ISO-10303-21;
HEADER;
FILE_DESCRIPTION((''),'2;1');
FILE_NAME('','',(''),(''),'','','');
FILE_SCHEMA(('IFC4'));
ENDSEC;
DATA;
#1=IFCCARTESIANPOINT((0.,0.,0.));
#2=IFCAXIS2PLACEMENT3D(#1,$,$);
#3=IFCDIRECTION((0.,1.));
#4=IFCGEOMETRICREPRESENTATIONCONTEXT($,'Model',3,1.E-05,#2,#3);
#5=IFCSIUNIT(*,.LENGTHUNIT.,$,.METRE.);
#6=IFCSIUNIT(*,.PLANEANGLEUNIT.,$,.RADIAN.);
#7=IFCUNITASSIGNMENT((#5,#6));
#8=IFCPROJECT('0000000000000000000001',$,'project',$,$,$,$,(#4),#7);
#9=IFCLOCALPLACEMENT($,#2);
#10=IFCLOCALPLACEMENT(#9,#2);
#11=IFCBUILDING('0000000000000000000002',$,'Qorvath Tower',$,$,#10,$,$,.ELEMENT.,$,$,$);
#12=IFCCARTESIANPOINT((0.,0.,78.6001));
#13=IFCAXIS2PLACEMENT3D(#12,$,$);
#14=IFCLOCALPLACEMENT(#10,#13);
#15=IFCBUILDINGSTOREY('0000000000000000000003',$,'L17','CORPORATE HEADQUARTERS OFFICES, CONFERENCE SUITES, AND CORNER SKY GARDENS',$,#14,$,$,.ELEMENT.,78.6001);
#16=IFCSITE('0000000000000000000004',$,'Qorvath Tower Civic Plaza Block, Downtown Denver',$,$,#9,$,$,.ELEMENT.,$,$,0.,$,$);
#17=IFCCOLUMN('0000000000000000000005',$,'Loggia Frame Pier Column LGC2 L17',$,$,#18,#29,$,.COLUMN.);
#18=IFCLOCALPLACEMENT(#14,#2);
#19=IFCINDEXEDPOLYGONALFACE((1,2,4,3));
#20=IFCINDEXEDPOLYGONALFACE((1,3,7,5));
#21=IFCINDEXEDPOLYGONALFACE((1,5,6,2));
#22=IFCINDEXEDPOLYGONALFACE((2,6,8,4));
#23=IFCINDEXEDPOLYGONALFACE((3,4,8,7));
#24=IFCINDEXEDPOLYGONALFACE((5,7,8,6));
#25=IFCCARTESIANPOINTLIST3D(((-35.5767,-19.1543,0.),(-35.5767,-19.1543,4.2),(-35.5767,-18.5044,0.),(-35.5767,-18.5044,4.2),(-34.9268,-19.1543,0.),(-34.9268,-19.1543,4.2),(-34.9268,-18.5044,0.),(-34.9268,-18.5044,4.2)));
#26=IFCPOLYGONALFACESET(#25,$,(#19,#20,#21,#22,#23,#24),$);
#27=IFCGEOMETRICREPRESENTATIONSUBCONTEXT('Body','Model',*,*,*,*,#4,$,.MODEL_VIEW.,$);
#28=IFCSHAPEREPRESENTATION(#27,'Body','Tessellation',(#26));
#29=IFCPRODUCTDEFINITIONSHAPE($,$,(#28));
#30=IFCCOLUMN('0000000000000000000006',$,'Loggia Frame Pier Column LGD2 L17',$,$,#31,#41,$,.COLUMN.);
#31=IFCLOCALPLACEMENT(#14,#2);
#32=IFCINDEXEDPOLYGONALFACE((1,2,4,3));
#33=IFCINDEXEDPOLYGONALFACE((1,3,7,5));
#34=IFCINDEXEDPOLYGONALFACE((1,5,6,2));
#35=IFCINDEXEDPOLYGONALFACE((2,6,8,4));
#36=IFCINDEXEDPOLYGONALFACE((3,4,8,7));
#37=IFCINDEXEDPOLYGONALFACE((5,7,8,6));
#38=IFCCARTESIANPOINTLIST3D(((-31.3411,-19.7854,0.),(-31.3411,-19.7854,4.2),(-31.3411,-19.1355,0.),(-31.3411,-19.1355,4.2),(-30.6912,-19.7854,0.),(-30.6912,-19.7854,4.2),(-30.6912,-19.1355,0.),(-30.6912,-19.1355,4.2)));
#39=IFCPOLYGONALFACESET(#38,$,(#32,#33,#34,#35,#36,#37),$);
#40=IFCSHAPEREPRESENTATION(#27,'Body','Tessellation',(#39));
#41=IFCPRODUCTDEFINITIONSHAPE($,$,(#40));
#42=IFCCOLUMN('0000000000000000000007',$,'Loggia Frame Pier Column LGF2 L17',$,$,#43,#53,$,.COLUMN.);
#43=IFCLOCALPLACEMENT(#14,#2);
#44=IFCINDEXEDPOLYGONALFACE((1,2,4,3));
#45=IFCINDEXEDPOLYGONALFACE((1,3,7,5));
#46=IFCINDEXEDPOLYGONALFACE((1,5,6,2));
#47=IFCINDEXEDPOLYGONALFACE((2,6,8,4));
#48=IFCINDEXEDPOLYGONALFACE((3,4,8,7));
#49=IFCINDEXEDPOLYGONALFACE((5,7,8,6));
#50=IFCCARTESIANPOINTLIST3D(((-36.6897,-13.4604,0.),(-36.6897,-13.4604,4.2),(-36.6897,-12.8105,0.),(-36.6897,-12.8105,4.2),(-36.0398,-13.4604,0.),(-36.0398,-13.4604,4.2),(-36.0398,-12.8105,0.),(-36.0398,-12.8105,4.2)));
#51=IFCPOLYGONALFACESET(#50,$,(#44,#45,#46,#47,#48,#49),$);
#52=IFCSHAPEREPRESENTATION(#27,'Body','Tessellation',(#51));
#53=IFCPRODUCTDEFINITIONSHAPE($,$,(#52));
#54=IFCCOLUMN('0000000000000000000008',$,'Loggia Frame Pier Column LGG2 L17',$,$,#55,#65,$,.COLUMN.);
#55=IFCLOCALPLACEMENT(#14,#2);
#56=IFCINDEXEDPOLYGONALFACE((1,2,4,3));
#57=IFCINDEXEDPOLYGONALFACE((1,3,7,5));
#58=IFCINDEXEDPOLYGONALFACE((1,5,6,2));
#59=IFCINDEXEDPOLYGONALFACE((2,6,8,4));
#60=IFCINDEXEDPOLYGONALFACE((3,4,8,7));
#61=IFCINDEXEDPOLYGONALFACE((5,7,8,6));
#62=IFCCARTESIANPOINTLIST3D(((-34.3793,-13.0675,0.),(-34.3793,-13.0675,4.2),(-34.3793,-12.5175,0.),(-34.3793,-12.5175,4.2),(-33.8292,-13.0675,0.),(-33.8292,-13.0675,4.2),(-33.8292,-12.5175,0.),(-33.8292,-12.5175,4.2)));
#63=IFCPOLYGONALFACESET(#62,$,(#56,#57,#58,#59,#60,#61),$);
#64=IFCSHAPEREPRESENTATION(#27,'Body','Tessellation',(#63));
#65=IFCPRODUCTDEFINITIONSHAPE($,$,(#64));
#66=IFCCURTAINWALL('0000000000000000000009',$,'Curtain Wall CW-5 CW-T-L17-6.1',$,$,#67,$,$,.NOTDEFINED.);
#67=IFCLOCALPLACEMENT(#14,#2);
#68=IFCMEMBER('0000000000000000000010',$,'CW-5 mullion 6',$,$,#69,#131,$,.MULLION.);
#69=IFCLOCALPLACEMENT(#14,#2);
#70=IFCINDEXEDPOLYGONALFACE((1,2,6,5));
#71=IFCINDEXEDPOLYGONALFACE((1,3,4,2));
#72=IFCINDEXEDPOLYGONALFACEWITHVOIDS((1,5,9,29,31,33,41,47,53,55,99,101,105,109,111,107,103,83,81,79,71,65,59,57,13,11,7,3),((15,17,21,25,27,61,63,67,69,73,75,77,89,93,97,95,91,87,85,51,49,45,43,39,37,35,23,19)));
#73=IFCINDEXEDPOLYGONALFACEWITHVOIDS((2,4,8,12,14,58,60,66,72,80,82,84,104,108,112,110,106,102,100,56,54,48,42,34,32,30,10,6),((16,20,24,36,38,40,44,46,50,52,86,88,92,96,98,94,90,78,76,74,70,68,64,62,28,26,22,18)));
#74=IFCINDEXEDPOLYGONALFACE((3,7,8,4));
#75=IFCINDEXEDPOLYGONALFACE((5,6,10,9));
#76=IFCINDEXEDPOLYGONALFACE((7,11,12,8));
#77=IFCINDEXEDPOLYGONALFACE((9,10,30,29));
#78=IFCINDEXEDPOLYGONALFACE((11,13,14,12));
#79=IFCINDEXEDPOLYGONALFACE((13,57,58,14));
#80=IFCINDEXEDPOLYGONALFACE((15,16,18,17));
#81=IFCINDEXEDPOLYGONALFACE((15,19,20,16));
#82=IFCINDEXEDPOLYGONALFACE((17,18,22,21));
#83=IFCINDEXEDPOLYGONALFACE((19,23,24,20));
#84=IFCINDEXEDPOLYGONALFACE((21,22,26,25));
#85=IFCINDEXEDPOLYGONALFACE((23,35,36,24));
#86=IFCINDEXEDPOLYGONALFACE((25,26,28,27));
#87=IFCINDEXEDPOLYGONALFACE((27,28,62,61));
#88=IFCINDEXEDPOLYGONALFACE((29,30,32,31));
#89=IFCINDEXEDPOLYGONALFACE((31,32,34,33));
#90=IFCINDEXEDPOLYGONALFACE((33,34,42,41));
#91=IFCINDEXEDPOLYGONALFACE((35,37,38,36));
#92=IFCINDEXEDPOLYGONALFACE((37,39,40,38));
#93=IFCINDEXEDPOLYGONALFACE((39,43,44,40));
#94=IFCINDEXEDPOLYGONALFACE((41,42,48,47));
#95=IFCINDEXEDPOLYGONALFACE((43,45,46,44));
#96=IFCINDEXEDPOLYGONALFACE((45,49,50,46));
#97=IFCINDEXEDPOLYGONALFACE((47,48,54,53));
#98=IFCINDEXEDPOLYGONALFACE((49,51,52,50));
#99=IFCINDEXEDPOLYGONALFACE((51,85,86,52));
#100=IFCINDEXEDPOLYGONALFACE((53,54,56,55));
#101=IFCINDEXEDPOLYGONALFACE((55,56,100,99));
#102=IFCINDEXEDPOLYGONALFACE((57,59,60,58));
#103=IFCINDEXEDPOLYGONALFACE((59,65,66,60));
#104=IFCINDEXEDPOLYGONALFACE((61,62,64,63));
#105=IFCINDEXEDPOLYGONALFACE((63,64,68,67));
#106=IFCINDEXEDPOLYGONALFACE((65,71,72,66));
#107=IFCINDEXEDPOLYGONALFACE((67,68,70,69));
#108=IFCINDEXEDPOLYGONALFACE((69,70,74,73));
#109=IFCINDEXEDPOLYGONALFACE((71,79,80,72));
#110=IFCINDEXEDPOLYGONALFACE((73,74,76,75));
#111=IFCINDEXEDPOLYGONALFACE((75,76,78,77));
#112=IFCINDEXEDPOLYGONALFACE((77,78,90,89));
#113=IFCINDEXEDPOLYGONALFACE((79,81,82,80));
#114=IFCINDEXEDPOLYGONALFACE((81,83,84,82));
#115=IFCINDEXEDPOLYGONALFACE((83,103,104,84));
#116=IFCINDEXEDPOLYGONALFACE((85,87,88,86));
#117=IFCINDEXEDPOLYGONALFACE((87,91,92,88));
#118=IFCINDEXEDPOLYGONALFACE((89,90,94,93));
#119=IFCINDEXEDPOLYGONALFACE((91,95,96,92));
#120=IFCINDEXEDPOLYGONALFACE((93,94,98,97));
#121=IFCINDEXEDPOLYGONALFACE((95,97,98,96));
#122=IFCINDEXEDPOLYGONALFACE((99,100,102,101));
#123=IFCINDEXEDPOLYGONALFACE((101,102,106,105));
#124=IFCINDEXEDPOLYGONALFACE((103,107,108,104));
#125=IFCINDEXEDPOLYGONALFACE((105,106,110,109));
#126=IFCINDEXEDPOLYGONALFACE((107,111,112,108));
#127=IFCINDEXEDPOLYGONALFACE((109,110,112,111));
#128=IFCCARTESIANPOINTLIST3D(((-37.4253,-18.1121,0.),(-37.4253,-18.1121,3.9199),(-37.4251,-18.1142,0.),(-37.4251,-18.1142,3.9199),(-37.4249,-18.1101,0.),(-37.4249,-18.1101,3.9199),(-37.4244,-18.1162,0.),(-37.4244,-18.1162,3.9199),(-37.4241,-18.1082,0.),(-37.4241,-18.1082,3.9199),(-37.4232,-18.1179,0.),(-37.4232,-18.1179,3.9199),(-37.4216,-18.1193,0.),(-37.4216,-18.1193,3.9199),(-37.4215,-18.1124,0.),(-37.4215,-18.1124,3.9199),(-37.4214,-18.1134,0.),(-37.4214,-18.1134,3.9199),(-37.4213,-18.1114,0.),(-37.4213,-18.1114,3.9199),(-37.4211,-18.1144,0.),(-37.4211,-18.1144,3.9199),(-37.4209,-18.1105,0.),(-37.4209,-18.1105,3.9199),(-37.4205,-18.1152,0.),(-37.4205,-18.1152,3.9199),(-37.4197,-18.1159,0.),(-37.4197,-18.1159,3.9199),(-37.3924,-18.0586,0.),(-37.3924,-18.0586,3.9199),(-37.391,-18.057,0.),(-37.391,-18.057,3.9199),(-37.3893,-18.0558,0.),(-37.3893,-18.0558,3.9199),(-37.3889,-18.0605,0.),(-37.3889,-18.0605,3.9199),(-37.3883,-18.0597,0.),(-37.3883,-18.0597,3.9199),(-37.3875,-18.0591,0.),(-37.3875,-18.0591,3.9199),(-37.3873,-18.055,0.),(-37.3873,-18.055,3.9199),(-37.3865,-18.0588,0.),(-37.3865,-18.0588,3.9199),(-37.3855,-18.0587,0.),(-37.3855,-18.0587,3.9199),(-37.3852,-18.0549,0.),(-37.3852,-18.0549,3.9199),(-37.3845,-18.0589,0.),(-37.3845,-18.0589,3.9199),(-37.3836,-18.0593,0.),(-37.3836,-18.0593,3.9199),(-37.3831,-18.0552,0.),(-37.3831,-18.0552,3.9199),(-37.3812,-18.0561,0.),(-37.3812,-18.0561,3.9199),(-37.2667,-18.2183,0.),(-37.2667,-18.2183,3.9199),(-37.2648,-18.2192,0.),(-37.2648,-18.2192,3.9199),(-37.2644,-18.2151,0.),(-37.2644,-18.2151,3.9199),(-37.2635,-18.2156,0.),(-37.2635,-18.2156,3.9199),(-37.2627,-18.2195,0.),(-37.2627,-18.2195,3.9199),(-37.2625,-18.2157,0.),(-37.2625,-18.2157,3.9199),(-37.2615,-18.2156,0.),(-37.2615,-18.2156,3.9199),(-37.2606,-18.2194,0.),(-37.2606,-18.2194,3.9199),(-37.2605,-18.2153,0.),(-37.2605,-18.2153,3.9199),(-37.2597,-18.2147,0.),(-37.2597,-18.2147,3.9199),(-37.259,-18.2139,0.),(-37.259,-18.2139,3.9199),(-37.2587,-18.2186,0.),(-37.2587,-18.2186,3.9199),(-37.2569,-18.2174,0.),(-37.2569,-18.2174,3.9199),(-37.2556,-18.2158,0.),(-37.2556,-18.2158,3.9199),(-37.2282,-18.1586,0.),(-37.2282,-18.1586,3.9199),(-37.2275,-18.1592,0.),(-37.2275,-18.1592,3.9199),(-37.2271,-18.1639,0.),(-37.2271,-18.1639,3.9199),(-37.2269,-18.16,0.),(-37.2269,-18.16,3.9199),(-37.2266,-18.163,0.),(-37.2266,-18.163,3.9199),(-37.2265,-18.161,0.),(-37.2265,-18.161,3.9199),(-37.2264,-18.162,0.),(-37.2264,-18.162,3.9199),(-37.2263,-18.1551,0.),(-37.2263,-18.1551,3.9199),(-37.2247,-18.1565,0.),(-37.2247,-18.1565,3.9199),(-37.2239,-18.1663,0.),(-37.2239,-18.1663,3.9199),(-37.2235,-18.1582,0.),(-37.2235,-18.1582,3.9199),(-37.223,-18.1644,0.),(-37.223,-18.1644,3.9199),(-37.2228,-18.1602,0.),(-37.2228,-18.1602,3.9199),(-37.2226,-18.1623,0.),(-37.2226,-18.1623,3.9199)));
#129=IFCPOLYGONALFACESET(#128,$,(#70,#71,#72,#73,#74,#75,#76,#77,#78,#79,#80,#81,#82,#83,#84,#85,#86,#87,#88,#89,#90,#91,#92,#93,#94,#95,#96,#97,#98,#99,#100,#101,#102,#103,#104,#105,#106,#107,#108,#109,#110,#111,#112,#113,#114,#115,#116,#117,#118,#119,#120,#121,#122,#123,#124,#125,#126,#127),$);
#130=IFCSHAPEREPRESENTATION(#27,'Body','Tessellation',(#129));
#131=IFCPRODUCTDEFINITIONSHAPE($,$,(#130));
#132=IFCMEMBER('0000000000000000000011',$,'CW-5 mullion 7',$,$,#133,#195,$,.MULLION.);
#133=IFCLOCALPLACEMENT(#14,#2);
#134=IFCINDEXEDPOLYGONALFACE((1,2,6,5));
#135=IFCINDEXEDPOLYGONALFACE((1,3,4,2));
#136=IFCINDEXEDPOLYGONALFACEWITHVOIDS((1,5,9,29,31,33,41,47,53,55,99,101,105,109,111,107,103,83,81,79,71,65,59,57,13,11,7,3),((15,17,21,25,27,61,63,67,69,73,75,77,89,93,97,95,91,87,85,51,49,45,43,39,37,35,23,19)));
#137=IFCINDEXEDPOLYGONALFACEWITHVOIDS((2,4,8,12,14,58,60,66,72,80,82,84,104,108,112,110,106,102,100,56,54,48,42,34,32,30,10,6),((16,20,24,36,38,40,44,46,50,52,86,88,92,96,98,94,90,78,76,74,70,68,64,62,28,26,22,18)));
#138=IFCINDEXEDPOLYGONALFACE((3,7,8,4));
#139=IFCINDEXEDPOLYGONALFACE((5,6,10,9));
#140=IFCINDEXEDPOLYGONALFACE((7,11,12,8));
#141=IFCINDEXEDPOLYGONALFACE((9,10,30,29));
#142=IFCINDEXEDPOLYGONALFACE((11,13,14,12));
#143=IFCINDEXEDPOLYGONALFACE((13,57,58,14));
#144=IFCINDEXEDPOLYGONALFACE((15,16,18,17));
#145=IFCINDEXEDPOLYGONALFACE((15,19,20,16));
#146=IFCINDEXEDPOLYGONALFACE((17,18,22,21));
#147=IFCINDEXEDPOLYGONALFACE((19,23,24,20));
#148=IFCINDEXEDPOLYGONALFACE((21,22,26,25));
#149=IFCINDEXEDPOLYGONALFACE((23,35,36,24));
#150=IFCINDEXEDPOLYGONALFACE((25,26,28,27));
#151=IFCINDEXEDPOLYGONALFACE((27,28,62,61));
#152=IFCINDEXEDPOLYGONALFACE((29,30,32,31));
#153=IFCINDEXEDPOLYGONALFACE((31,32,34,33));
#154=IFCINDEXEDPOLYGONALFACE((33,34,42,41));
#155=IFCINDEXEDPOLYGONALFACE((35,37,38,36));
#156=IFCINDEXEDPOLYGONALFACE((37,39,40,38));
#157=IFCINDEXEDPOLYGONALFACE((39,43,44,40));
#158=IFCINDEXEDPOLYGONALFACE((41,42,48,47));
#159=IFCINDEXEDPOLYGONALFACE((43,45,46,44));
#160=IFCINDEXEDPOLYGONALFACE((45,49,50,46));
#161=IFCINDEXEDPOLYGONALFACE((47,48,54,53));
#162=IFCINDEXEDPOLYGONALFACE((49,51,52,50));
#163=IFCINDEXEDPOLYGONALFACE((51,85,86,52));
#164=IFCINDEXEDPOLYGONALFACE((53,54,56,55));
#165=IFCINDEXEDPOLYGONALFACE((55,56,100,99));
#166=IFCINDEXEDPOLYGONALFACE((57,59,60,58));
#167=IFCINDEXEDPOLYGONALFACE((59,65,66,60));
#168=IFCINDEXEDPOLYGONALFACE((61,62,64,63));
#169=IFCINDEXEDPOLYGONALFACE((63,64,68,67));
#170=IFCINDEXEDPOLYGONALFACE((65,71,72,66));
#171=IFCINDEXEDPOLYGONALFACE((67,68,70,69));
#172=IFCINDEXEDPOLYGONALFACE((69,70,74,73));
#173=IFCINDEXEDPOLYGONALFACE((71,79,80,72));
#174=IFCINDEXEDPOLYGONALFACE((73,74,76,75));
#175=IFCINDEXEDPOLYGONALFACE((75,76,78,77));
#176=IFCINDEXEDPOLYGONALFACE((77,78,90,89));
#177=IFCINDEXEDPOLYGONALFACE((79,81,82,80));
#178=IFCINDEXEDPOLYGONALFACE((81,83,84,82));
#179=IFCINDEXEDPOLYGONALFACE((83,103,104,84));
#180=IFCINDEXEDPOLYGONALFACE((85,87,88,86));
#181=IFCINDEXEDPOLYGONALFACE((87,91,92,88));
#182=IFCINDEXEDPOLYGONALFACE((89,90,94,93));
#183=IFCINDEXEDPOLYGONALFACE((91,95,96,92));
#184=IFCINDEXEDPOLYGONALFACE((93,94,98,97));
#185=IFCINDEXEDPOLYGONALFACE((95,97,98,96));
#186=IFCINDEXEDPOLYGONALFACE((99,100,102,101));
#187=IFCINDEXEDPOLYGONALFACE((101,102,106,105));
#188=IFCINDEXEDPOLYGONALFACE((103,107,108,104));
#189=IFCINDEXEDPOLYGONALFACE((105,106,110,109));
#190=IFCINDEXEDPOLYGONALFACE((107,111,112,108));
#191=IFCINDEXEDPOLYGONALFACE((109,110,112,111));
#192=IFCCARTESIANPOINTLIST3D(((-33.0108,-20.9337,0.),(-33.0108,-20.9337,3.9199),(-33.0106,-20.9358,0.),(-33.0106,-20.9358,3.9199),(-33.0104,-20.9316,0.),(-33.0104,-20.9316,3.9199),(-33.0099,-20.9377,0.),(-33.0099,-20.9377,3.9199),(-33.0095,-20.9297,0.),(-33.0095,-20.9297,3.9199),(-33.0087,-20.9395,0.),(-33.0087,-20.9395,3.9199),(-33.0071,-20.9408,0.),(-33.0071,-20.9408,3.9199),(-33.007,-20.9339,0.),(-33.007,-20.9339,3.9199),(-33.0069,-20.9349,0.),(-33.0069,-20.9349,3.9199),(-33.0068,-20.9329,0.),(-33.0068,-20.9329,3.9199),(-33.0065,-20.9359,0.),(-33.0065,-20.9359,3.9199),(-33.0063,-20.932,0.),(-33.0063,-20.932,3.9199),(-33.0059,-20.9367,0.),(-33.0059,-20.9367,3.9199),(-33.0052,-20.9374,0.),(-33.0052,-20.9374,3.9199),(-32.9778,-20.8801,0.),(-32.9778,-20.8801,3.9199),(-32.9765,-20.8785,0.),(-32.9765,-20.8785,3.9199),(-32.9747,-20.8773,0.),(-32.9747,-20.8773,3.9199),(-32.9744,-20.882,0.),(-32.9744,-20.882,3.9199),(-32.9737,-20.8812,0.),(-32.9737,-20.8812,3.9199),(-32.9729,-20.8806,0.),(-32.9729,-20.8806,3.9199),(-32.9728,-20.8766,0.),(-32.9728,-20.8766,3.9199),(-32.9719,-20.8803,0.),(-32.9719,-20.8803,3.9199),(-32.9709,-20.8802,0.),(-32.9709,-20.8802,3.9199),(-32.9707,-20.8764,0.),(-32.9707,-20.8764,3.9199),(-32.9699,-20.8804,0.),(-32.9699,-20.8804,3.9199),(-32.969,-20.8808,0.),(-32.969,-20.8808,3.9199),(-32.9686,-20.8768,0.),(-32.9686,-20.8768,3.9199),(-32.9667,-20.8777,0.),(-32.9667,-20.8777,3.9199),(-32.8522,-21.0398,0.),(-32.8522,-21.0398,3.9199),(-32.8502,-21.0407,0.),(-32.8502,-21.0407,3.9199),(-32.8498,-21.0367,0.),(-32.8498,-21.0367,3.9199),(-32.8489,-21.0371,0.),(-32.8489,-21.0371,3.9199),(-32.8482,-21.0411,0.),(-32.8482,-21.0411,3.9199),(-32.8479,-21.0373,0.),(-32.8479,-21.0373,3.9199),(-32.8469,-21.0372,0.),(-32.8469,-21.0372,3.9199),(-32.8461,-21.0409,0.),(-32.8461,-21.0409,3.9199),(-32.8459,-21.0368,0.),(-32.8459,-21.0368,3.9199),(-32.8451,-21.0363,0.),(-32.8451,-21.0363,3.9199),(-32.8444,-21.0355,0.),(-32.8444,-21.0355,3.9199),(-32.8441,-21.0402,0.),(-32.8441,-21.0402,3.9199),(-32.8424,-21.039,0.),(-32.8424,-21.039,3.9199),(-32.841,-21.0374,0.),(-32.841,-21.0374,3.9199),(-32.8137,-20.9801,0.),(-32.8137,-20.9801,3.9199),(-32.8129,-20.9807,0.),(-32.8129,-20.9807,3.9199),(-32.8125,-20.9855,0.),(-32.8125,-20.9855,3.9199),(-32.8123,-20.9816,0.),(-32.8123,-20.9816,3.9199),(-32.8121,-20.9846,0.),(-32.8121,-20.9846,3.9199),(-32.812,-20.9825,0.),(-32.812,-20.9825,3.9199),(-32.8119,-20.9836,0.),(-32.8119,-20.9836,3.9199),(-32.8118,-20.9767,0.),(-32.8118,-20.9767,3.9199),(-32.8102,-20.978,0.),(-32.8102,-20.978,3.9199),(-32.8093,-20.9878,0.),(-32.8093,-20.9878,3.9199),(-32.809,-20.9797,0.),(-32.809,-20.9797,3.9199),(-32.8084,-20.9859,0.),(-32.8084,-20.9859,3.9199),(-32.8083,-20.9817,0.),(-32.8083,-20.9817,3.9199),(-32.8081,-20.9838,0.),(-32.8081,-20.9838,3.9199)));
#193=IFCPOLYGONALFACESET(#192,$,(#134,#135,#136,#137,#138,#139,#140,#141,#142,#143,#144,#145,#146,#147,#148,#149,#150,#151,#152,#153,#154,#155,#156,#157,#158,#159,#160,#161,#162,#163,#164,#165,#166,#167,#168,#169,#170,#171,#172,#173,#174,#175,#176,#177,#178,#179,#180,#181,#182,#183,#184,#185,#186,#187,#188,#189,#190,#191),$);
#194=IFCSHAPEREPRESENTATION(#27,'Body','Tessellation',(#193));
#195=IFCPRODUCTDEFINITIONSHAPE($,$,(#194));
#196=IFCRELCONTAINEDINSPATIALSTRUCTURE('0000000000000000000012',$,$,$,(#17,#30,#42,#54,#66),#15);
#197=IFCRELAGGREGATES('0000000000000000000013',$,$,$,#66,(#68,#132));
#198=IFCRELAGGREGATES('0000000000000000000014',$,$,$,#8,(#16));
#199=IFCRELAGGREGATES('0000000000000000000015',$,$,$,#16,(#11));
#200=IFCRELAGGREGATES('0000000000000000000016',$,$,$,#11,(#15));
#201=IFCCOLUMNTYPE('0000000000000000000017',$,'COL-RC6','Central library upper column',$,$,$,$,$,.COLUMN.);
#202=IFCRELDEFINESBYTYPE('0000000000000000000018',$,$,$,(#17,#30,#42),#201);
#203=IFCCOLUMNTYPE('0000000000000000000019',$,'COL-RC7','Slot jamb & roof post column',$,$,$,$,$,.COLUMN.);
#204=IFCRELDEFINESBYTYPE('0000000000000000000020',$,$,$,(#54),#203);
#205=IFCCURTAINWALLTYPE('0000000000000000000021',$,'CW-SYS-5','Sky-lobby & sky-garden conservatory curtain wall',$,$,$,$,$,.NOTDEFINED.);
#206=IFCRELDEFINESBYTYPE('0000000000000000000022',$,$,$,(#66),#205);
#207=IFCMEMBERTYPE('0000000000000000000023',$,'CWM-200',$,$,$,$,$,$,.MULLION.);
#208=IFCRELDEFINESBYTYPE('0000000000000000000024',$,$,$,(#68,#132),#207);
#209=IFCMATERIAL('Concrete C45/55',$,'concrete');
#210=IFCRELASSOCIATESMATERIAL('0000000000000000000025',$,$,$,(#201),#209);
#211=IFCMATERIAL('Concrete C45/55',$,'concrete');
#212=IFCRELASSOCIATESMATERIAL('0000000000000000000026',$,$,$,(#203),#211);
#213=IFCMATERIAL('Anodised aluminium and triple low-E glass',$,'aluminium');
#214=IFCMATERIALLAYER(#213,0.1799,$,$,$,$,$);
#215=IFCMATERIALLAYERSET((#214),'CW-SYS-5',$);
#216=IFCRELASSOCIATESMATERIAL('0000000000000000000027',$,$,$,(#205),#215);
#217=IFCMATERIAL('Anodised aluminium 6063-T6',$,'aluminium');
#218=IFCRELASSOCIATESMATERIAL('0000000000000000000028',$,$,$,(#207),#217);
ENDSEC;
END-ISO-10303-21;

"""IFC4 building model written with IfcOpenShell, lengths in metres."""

from ifc_helpers import new_model, si_unit, direction, frame, origin, origin_2d, place, context, subcontext, project, spatial, rectangle, hollow_rectangle, extrude, material, layer, layer_set, material_profile, profile_set, type_object, element, aggregate, save


model = new_model("IFC4")

# Units and contexts
model_context = context("Model", 3, precision=1e-05, world=origin(), true_north=direction((0.0, 1.0)))
body_context = subcontext(model_context, "Body", "Model", "MODEL_VIEW")
ifc_project = project(units=[si_unit("LENGTHUNIT", "METRE"), si_unit("PLANEANGLEUNIT", "RADIAN")], contexts=[model_context])

# Site, building, storey
site_placement = place(None, origin())
site = spatial("IfcSite", under=ifc_project, at=site_placement, Name="Qorvath Tower Civic Plaza Block, Downtown Denver", CompositionType="ELEMENT", RefElevation=0.0)
building_placement = place(site_placement, origin())
building = spatial("IfcBuilding", under=site, at=building_placement, Name="Qorvath Tower", CompositionType="ELEMENT")
storey_placement = place(building_placement, frame((0.0, 0.0, 78.6001)))
storey = spatial("IfcBuildingStorey", under=building, at=storey_placement, Name="L17", Description="CORPORATE HEADQUARTERS OFFICES, CONFERENCE SUITES, AND CORNER SKY GARDENS", CompositionType="ELEMENT", Elevation=78.6001)

# Columns
ifc_material_1 = material(Name="Concrete C45/55", Category="concrete")
ifc_material_profile_1 = material_profile(ifc_material_1, rectangle(XDim=0.6499, YDim=0.6499, at=origin_2d()), Name="RC 650x650")
ifc_profile_set_1 = profile_set([ifc_material_profile_1], Name="Concrete C45/55")
column_type_1 = type_object("IfcColumnType", Name="COL-RC6", Description="Central library upper column", PredefinedType="COLUMN", material=ifc_profile_set_1)
for number, where, z_axis, x_axis, name in (
    (1, (-35.2517, -18.8293, 0.0), (0.0, 0.0, 1.0), (1.0, 0.0, 0.0), "Loggia Frame Pier Column LGC2 L17"),
    (2, (-31.0161, -19.4604, 0.0), (0.0, 0.0, 1.0), (1.0, 0.0, 0.0), "Loggia Frame Pier Column LGD2 L17"),
    (3, (-36.3647, -13.1355, 0.0), (0.0, 0.0, 1.0), (1.0, 0.0, 0.0), "Loggia Frame Pier Column LGF2 L17"),
):
    element("IfcColumn", number, at=place(storey_placement, frame(where, z_axis=z_axis, x_axis=x_axis)), inside=storey, type_object=column_type_1, Name=name, PredefinedType="COLUMN", context=body_context, shape_type="SweptSolid", body=[
        extrude(rectangle(XDim=0.6499, YDim=0.6499, at=origin_2d()), origin(), (0.0, 0.0, 1.0), 4.2),
    ])
ifc_material_2 = material(Name="Concrete C45/55", Category="concrete")
ifc_material_profile_2 = material_profile(ifc_material_2, rectangle(XDim=0.55, YDim=0.55, at=origin_2d()), Name="RC 550x550")
ifc_profile_set_2 = profile_set([ifc_material_profile_2], Name="Concrete C45/55")
column_type_2 = type_object("IfcColumnType", Name="COL-RC7", Description="Slot jamb & roof post column", PredefinedType="COLUMN", material=ifc_profile_set_2)
column_placement = place(storey_placement, frame((-34.1042, -12.7925, 0.0), z_axis=(0.0, 0.0, 1.0), x_axis=(1.0, 0.0, 0.0)))
element("IfcColumn", 4, at=column_placement, inside=storey, type_object=column_type_2, Name="Loggia Frame Pier Column LGG2 L17", PredefinedType="COLUMN", context=body_context, shape_type="SweptSolid", body=[
    extrude(rectangle(XDim=0.55, YDim=0.55, at=origin_2d()), origin(), (0.0, 0.0, 1.0), 4.2),
])

# Curtain wall, members
ifc_material_3 = material(Name="Anodised aluminium and triple low-E glass", Category="aluminium")
ifc_layer_1 = layer(ifc_material_3, 0.1799)
ifc_layer_set_1 = layer_set([ifc_layer_1], Name="CW-SYS-5")
curtain_wall_type = type_object("IfcCurtainWallType", Name="CW-SYS-5", Description="Sky-lobby & sky-garden conservatory curtain wall", PredefinedType="NOTDEFINED", material=ifc_layer_set_1)
curtain_wall_placement = place(storey_placement, origin())
curtain_wall = element("IfcCurtainWall", 5, at=curtain_wall_placement, inside=storey, type_object=curtain_wall_type, Name="Curtain Wall CW-5 CW-T-L17-6.1", PredefinedType="NOTDEFINED")
ifc_material_4 = material(Name="Anodised aluminium 6063-T6", Category="aluminium")
ifc_material_profile_3 = material_profile(ifc_material_4, hollow_rectangle(XDim=0.075, YDim=0.2, WallThickness=0.0039, InnerFilletRadius=0.0039, OuterFilletRadius=0.0081, at=origin_2d()), Name="CWM 200x75")
ifc_profile_set_3 = profile_set([ifc_material_profile_3], Name="Anodised aluminium 6063-T6")
member_type_1 = type_object("IfcMemberType", Name="CWM-200", PredefinedType="MULLION", material=ifc_profile_set_3)
member_1_placement = place(storey_placement, frame((-37.324, -18.1372, 0.0), z_axis=(0.0, 0.0, 1.0), x_axis=(0.538533, 0.842604, 0.0)))
member_1 = element("IfcMember", 6, at=member_1_placement, type_object=member_type_1, Name="CW-5 mullion 6", PredefinedType="MULLION", context=body_context, shape_type="SweptSolid", body=[
    extrude(hollow_rectangle(XDim=0.075, YDim=0.2, WallThickness=0.0039, InnerFilletRadius=0.0039, OuterFilletRadius=0.0081, at=origin_2d()), origin(), (0.0, 0.0, 1.0), 3.9199),
])
member_2_placement = place(storey_placement, frame((-32.9094, -20.9587, 0.0), z_axis=(0.0, 0.0, 1.0), x_axis=(0.538533, 0.842604, 0.0)))
member_2 = element("IfcMember", 7, at=member_2_placement, type_object=member_type_1, Name="CW-5 mullion 7", PredefinedType="MULLION", context=body_context, shape_type="SweptSolid", body=[
    extrude(hollow_rectangle(XDim=0.075, YDim=0.2, WallThickness=0.0039, InnerFilletRadius=0.0039, OuterFilletRadius=0.0081, at=origin_2d()), origin(), (0.0, 0.0, 1.0), 3.9199),
])
aggregate(curtain_wall, [member_1, member_2])

save(model, "model.ifc")
